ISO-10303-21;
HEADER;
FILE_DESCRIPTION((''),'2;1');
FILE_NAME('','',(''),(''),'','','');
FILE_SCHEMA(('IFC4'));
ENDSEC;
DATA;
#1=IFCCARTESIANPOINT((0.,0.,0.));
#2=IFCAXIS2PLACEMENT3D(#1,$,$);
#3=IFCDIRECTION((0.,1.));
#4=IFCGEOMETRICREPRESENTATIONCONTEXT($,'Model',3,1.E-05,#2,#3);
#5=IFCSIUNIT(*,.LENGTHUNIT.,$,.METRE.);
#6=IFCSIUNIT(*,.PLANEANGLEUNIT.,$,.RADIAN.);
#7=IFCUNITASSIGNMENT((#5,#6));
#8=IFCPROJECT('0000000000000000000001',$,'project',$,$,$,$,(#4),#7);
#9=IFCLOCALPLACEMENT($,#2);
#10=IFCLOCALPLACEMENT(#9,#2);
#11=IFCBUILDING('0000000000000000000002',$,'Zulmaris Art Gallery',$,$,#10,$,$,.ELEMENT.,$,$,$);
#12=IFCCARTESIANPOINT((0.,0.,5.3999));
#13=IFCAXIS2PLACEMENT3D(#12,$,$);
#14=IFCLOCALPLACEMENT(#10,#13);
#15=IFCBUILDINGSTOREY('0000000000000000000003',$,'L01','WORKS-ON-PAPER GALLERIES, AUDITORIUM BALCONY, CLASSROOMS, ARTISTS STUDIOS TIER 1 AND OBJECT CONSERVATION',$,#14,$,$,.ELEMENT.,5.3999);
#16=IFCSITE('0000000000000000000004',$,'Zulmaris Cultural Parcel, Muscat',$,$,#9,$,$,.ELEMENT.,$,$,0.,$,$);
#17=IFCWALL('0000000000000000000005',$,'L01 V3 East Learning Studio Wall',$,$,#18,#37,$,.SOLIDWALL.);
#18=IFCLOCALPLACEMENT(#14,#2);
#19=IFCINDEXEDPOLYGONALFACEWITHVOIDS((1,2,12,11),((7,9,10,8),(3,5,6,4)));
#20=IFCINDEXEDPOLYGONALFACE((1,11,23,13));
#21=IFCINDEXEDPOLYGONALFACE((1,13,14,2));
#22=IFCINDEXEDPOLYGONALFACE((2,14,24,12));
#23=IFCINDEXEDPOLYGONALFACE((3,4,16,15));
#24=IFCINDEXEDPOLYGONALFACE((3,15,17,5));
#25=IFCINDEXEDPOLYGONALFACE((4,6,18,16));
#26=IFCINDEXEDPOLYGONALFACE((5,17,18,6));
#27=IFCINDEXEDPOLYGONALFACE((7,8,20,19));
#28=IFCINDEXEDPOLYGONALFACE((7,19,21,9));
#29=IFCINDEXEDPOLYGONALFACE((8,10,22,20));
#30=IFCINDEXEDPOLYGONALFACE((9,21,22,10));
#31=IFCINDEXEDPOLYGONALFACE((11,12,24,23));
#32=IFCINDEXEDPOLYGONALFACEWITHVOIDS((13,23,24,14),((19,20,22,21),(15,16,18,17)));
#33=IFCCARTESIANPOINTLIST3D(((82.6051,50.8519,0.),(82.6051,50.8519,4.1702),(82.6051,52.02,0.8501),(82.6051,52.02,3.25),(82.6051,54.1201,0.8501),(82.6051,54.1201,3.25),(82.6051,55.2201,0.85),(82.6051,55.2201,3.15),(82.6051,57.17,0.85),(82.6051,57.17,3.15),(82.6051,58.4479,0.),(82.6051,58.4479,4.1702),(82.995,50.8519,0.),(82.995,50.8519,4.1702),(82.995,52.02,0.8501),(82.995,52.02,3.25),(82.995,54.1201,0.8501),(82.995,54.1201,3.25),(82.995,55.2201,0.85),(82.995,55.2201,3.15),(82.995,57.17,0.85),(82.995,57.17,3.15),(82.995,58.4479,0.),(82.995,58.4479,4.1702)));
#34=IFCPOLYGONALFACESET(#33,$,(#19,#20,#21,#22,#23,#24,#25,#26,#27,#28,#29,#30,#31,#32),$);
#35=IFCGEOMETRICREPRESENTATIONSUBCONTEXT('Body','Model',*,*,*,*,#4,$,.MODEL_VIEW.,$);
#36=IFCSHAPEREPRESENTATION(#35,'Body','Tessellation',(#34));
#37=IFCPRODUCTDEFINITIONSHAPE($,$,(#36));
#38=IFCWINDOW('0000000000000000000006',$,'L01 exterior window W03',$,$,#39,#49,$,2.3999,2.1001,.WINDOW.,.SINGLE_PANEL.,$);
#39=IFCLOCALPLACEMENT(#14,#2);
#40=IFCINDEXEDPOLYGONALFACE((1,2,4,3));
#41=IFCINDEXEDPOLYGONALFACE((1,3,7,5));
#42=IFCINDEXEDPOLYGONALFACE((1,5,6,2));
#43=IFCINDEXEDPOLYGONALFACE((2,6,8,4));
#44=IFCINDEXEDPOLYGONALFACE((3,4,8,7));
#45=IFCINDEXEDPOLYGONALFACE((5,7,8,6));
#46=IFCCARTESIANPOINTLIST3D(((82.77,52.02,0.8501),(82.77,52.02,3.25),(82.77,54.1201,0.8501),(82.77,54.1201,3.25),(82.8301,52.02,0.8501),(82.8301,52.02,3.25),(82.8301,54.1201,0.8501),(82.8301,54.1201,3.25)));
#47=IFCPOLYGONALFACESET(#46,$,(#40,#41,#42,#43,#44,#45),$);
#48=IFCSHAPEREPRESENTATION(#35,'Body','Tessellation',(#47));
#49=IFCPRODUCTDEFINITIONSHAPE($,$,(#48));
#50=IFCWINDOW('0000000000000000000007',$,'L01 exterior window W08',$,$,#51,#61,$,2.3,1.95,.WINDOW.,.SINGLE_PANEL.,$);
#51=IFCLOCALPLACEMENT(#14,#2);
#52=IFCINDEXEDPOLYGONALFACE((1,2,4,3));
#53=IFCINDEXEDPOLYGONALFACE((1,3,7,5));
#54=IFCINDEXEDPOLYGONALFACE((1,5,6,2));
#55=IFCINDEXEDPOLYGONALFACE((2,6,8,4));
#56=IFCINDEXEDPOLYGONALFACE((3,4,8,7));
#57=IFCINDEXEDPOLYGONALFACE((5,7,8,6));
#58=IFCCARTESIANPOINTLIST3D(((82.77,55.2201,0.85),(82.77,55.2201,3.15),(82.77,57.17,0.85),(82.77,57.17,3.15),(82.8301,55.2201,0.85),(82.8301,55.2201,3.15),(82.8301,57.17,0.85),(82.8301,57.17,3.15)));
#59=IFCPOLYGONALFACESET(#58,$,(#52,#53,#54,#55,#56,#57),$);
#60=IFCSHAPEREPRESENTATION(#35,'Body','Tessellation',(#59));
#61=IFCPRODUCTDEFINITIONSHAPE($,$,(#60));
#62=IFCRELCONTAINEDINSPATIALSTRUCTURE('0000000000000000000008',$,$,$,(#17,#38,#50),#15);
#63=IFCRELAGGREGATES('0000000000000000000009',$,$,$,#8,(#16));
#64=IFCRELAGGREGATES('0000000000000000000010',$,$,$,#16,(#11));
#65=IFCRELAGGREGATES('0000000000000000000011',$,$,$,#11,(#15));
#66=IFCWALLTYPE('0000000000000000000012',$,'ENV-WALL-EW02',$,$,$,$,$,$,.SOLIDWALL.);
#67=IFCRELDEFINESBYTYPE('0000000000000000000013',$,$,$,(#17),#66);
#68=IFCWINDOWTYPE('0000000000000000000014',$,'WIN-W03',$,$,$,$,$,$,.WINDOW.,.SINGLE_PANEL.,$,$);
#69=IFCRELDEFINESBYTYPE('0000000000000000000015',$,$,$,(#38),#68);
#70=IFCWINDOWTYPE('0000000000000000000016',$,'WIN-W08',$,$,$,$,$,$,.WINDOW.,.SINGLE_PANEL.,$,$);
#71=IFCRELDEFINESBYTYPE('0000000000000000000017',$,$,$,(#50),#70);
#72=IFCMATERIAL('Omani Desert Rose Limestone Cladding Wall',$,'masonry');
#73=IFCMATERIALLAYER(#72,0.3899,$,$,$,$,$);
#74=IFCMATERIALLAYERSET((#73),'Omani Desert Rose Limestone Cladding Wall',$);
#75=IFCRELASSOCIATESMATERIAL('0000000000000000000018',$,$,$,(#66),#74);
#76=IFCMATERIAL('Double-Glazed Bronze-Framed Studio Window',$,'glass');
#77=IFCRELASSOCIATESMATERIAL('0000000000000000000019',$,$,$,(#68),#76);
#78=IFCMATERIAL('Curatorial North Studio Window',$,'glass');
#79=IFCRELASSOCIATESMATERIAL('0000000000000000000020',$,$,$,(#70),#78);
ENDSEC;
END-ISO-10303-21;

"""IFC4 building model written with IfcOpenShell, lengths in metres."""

from ifc_helpers import new_model, si_unit, direction, frame, frame_2d, origin, place, context, subcontext, project, spatial, rectangle, extrude, material, layer, layer_set, type_object, element, fill, save


model = new_model("IFC4")

# Units and contexts
model_context = context("Model", 3, precision=1e-05, world=origin(), true_north=direction((0.0, 1.0)))
body_context = subcontext(model_context, "Body", "Model", "MODEL_VIEW")
ifc_project = project(units=[si_unit("LENGTHUNIT", "METRE"), si_unit("PLANEANGLEUNIT", "RADIAN")], contexts=[model_context])

# Site, building, storey
site_placement = place(None, origin())
site = spatial("IfcSite", under=ifc_project, at=site_placement, Name="Zulmaris Cultural Parcel, Muscat", CompositionType="ELEMENT", RefElevation=0.0)
building_placement = place(site_placement, origin())
building = spatial("IfcBuilding", under=site, at=building_placement, Name="Zulmaris Art Gallery", CompositionType="ELEMENT")
storey_placement = place(building_placement, frame((0.0, 0.0, 5.3999)))
storey = spatial("IfcBuildingStorey", under=building, at=storey_placement, Name="L01", Description="WORKS-ON-PAPER GALLERIES, AUDITORIUM BALCONY, CLASSROOMS, ARTISTS STUDIOS TIER 1 AND OBJECT CONSERVATION", CompositionType="ELEMENT", Elevation=5.3999)

# Wall, openings, windows
ifc_material_1 = material(Name="Omani Desert Rose Limestone Cladding Wall", Category="masonry")
ifc_layer_1 = layer(ifc_material_1, 0.3899)
ifc_layer_set_1 = layer_set([ifc_layer_1], Name="Omani Desert Rose Limestone Cladding Wall")
wall_type = type_object("IfcWallType", Name="ENV-WALL-EW02", PredefinedType="SOLIDWALL", material=ifc_layer_set_1)
wall_placement = place(storey_placement, frame((82.8, 50.8521, 0.0), z_axis=(0.0, 0.0, 1.0), x_axis=(0.0, 1.0, 0.0)))
wall = element("IfcWall", 1, at=wall_placement, inside=storey, type_object=wall_type, Name="L01 V3 East Learning Studio Wall", PredefinedType="SOLIDWALL", context=body_context, shape_type="SweptSolid", body=[
    extrude(rectangle(XDim=7.5959, YDim=0.3899, at=frame_2d((3.7979, 0.0))), origin(), (0.0, 0.0, 1.0), 4.1702),
])
opening_1_placement = place(wall_placement, frame((1.168, 0.0, 0.8501)))
opening_1 = element("IfcOpeningElement", 2, at=opening_1_placement, cuts=wall, PredefinedType="OPENING", context=body_context, shape_type="SweptSolid", body=[
    extrude(rectangle(XDim=2.1001, YDim=2.3999, at=frame_2d((1.05, 1.2))), frame((0.0, 0.2048, 0.0), z_axis=(0.0, -1.0, 0.0), x_axis=(1.0, 0.0, 0.0)), (0.0, 0.0, 1.0), 0.4099),
])
opening_2_placement = place(wall_placement, frame((4.3679, 0.0, 0.8501)))
opening_2 = element("IfcOpeningElement", 3, at=opening_2_placement, cuts=wall, PredefinedType="OPENING", context=body_context, shape_type="SweptSolid", body=[
    extrude(rectangle(XDim=1.95, YDim=2.3, at=frame_2d((0.9751, 1.1499))), frame((0.0, 0.2048, 0.0), z_axis=(0.0, -1.0, 0.0), x_axis=(1.0, 0.0, 0.0)), (0.0, 0.0, 1.0), 0.4099),
])
ifc_material_2 = material(Name="Double-Glazed Bronze-Framed Studio Window", Category="glass")
window_type_1 = type_object("IfcWindowType", Name="WIN-W03", PartitioningType="SINGLE_PANEL", PredefinedType="WINDOW", material=ifc_material_2)
window_1_placement = place(opening_1_placement, origin())
window_1 = element("IfcWindow", 4, at=window_1_placement, inside=storey, type_object=window_type_1, Name="L01 exterior window W03", OverallHeight=2.3999, OverallWidth=2.1001, PartitioningType="SINGLE_PANEL", PredefinedType="WINDOW", context=body_context, shape_type="SweptSolid", body=[
    extrude(rectangle(XDim=2.1001, YDim=2.3999, at=frame_2d((1.05, 1.2))), frame((0.0, 0.03, 0.0), z_axis=(0.0, -1.0, 0.0), x_axis=(1.0, 0.0, 0.0)), (0.0, 0.0, 1.0), 0.0601),
])
fill(opening_1, window_1)
ifc_material_3 = material(Name="Curatorial North Studio Window", Category="glass")
window_type_2 = type_object("IfcWindowType", Name="WIN-W08", PartitioningType="SINGLE_PANEL", PredefinedType="WINDOW", material=ifc_material_3)
window_2_placement = place(opening_2_placement, origin())
window_2 = element("IfcWindow", 5, at=window_2_placement, inside=storey, type_object=window_type_2, Name="L01 exterior window W08", OverallHeight=2.3, OverallWidth=1.95, PartitioningType="SINGLE_PANEL", PredefinedType="WINDOW", context=body_context, shape_type="SweptSolid", body=[
    extrude(rectangle(XDim=1.95, YDim=2.3, at=frame_2d((0.9751, 1.1499))), frame((0.0, 0.03, 0.0), z_axis=(0.0, -1.0, 0.0), x_axis=(1.0, 0.0, 0.0)), (0.0, 0.0, 1.0), 0.0601),
])
fill(opening_2, window_2)

save(model, "model.ifc")
